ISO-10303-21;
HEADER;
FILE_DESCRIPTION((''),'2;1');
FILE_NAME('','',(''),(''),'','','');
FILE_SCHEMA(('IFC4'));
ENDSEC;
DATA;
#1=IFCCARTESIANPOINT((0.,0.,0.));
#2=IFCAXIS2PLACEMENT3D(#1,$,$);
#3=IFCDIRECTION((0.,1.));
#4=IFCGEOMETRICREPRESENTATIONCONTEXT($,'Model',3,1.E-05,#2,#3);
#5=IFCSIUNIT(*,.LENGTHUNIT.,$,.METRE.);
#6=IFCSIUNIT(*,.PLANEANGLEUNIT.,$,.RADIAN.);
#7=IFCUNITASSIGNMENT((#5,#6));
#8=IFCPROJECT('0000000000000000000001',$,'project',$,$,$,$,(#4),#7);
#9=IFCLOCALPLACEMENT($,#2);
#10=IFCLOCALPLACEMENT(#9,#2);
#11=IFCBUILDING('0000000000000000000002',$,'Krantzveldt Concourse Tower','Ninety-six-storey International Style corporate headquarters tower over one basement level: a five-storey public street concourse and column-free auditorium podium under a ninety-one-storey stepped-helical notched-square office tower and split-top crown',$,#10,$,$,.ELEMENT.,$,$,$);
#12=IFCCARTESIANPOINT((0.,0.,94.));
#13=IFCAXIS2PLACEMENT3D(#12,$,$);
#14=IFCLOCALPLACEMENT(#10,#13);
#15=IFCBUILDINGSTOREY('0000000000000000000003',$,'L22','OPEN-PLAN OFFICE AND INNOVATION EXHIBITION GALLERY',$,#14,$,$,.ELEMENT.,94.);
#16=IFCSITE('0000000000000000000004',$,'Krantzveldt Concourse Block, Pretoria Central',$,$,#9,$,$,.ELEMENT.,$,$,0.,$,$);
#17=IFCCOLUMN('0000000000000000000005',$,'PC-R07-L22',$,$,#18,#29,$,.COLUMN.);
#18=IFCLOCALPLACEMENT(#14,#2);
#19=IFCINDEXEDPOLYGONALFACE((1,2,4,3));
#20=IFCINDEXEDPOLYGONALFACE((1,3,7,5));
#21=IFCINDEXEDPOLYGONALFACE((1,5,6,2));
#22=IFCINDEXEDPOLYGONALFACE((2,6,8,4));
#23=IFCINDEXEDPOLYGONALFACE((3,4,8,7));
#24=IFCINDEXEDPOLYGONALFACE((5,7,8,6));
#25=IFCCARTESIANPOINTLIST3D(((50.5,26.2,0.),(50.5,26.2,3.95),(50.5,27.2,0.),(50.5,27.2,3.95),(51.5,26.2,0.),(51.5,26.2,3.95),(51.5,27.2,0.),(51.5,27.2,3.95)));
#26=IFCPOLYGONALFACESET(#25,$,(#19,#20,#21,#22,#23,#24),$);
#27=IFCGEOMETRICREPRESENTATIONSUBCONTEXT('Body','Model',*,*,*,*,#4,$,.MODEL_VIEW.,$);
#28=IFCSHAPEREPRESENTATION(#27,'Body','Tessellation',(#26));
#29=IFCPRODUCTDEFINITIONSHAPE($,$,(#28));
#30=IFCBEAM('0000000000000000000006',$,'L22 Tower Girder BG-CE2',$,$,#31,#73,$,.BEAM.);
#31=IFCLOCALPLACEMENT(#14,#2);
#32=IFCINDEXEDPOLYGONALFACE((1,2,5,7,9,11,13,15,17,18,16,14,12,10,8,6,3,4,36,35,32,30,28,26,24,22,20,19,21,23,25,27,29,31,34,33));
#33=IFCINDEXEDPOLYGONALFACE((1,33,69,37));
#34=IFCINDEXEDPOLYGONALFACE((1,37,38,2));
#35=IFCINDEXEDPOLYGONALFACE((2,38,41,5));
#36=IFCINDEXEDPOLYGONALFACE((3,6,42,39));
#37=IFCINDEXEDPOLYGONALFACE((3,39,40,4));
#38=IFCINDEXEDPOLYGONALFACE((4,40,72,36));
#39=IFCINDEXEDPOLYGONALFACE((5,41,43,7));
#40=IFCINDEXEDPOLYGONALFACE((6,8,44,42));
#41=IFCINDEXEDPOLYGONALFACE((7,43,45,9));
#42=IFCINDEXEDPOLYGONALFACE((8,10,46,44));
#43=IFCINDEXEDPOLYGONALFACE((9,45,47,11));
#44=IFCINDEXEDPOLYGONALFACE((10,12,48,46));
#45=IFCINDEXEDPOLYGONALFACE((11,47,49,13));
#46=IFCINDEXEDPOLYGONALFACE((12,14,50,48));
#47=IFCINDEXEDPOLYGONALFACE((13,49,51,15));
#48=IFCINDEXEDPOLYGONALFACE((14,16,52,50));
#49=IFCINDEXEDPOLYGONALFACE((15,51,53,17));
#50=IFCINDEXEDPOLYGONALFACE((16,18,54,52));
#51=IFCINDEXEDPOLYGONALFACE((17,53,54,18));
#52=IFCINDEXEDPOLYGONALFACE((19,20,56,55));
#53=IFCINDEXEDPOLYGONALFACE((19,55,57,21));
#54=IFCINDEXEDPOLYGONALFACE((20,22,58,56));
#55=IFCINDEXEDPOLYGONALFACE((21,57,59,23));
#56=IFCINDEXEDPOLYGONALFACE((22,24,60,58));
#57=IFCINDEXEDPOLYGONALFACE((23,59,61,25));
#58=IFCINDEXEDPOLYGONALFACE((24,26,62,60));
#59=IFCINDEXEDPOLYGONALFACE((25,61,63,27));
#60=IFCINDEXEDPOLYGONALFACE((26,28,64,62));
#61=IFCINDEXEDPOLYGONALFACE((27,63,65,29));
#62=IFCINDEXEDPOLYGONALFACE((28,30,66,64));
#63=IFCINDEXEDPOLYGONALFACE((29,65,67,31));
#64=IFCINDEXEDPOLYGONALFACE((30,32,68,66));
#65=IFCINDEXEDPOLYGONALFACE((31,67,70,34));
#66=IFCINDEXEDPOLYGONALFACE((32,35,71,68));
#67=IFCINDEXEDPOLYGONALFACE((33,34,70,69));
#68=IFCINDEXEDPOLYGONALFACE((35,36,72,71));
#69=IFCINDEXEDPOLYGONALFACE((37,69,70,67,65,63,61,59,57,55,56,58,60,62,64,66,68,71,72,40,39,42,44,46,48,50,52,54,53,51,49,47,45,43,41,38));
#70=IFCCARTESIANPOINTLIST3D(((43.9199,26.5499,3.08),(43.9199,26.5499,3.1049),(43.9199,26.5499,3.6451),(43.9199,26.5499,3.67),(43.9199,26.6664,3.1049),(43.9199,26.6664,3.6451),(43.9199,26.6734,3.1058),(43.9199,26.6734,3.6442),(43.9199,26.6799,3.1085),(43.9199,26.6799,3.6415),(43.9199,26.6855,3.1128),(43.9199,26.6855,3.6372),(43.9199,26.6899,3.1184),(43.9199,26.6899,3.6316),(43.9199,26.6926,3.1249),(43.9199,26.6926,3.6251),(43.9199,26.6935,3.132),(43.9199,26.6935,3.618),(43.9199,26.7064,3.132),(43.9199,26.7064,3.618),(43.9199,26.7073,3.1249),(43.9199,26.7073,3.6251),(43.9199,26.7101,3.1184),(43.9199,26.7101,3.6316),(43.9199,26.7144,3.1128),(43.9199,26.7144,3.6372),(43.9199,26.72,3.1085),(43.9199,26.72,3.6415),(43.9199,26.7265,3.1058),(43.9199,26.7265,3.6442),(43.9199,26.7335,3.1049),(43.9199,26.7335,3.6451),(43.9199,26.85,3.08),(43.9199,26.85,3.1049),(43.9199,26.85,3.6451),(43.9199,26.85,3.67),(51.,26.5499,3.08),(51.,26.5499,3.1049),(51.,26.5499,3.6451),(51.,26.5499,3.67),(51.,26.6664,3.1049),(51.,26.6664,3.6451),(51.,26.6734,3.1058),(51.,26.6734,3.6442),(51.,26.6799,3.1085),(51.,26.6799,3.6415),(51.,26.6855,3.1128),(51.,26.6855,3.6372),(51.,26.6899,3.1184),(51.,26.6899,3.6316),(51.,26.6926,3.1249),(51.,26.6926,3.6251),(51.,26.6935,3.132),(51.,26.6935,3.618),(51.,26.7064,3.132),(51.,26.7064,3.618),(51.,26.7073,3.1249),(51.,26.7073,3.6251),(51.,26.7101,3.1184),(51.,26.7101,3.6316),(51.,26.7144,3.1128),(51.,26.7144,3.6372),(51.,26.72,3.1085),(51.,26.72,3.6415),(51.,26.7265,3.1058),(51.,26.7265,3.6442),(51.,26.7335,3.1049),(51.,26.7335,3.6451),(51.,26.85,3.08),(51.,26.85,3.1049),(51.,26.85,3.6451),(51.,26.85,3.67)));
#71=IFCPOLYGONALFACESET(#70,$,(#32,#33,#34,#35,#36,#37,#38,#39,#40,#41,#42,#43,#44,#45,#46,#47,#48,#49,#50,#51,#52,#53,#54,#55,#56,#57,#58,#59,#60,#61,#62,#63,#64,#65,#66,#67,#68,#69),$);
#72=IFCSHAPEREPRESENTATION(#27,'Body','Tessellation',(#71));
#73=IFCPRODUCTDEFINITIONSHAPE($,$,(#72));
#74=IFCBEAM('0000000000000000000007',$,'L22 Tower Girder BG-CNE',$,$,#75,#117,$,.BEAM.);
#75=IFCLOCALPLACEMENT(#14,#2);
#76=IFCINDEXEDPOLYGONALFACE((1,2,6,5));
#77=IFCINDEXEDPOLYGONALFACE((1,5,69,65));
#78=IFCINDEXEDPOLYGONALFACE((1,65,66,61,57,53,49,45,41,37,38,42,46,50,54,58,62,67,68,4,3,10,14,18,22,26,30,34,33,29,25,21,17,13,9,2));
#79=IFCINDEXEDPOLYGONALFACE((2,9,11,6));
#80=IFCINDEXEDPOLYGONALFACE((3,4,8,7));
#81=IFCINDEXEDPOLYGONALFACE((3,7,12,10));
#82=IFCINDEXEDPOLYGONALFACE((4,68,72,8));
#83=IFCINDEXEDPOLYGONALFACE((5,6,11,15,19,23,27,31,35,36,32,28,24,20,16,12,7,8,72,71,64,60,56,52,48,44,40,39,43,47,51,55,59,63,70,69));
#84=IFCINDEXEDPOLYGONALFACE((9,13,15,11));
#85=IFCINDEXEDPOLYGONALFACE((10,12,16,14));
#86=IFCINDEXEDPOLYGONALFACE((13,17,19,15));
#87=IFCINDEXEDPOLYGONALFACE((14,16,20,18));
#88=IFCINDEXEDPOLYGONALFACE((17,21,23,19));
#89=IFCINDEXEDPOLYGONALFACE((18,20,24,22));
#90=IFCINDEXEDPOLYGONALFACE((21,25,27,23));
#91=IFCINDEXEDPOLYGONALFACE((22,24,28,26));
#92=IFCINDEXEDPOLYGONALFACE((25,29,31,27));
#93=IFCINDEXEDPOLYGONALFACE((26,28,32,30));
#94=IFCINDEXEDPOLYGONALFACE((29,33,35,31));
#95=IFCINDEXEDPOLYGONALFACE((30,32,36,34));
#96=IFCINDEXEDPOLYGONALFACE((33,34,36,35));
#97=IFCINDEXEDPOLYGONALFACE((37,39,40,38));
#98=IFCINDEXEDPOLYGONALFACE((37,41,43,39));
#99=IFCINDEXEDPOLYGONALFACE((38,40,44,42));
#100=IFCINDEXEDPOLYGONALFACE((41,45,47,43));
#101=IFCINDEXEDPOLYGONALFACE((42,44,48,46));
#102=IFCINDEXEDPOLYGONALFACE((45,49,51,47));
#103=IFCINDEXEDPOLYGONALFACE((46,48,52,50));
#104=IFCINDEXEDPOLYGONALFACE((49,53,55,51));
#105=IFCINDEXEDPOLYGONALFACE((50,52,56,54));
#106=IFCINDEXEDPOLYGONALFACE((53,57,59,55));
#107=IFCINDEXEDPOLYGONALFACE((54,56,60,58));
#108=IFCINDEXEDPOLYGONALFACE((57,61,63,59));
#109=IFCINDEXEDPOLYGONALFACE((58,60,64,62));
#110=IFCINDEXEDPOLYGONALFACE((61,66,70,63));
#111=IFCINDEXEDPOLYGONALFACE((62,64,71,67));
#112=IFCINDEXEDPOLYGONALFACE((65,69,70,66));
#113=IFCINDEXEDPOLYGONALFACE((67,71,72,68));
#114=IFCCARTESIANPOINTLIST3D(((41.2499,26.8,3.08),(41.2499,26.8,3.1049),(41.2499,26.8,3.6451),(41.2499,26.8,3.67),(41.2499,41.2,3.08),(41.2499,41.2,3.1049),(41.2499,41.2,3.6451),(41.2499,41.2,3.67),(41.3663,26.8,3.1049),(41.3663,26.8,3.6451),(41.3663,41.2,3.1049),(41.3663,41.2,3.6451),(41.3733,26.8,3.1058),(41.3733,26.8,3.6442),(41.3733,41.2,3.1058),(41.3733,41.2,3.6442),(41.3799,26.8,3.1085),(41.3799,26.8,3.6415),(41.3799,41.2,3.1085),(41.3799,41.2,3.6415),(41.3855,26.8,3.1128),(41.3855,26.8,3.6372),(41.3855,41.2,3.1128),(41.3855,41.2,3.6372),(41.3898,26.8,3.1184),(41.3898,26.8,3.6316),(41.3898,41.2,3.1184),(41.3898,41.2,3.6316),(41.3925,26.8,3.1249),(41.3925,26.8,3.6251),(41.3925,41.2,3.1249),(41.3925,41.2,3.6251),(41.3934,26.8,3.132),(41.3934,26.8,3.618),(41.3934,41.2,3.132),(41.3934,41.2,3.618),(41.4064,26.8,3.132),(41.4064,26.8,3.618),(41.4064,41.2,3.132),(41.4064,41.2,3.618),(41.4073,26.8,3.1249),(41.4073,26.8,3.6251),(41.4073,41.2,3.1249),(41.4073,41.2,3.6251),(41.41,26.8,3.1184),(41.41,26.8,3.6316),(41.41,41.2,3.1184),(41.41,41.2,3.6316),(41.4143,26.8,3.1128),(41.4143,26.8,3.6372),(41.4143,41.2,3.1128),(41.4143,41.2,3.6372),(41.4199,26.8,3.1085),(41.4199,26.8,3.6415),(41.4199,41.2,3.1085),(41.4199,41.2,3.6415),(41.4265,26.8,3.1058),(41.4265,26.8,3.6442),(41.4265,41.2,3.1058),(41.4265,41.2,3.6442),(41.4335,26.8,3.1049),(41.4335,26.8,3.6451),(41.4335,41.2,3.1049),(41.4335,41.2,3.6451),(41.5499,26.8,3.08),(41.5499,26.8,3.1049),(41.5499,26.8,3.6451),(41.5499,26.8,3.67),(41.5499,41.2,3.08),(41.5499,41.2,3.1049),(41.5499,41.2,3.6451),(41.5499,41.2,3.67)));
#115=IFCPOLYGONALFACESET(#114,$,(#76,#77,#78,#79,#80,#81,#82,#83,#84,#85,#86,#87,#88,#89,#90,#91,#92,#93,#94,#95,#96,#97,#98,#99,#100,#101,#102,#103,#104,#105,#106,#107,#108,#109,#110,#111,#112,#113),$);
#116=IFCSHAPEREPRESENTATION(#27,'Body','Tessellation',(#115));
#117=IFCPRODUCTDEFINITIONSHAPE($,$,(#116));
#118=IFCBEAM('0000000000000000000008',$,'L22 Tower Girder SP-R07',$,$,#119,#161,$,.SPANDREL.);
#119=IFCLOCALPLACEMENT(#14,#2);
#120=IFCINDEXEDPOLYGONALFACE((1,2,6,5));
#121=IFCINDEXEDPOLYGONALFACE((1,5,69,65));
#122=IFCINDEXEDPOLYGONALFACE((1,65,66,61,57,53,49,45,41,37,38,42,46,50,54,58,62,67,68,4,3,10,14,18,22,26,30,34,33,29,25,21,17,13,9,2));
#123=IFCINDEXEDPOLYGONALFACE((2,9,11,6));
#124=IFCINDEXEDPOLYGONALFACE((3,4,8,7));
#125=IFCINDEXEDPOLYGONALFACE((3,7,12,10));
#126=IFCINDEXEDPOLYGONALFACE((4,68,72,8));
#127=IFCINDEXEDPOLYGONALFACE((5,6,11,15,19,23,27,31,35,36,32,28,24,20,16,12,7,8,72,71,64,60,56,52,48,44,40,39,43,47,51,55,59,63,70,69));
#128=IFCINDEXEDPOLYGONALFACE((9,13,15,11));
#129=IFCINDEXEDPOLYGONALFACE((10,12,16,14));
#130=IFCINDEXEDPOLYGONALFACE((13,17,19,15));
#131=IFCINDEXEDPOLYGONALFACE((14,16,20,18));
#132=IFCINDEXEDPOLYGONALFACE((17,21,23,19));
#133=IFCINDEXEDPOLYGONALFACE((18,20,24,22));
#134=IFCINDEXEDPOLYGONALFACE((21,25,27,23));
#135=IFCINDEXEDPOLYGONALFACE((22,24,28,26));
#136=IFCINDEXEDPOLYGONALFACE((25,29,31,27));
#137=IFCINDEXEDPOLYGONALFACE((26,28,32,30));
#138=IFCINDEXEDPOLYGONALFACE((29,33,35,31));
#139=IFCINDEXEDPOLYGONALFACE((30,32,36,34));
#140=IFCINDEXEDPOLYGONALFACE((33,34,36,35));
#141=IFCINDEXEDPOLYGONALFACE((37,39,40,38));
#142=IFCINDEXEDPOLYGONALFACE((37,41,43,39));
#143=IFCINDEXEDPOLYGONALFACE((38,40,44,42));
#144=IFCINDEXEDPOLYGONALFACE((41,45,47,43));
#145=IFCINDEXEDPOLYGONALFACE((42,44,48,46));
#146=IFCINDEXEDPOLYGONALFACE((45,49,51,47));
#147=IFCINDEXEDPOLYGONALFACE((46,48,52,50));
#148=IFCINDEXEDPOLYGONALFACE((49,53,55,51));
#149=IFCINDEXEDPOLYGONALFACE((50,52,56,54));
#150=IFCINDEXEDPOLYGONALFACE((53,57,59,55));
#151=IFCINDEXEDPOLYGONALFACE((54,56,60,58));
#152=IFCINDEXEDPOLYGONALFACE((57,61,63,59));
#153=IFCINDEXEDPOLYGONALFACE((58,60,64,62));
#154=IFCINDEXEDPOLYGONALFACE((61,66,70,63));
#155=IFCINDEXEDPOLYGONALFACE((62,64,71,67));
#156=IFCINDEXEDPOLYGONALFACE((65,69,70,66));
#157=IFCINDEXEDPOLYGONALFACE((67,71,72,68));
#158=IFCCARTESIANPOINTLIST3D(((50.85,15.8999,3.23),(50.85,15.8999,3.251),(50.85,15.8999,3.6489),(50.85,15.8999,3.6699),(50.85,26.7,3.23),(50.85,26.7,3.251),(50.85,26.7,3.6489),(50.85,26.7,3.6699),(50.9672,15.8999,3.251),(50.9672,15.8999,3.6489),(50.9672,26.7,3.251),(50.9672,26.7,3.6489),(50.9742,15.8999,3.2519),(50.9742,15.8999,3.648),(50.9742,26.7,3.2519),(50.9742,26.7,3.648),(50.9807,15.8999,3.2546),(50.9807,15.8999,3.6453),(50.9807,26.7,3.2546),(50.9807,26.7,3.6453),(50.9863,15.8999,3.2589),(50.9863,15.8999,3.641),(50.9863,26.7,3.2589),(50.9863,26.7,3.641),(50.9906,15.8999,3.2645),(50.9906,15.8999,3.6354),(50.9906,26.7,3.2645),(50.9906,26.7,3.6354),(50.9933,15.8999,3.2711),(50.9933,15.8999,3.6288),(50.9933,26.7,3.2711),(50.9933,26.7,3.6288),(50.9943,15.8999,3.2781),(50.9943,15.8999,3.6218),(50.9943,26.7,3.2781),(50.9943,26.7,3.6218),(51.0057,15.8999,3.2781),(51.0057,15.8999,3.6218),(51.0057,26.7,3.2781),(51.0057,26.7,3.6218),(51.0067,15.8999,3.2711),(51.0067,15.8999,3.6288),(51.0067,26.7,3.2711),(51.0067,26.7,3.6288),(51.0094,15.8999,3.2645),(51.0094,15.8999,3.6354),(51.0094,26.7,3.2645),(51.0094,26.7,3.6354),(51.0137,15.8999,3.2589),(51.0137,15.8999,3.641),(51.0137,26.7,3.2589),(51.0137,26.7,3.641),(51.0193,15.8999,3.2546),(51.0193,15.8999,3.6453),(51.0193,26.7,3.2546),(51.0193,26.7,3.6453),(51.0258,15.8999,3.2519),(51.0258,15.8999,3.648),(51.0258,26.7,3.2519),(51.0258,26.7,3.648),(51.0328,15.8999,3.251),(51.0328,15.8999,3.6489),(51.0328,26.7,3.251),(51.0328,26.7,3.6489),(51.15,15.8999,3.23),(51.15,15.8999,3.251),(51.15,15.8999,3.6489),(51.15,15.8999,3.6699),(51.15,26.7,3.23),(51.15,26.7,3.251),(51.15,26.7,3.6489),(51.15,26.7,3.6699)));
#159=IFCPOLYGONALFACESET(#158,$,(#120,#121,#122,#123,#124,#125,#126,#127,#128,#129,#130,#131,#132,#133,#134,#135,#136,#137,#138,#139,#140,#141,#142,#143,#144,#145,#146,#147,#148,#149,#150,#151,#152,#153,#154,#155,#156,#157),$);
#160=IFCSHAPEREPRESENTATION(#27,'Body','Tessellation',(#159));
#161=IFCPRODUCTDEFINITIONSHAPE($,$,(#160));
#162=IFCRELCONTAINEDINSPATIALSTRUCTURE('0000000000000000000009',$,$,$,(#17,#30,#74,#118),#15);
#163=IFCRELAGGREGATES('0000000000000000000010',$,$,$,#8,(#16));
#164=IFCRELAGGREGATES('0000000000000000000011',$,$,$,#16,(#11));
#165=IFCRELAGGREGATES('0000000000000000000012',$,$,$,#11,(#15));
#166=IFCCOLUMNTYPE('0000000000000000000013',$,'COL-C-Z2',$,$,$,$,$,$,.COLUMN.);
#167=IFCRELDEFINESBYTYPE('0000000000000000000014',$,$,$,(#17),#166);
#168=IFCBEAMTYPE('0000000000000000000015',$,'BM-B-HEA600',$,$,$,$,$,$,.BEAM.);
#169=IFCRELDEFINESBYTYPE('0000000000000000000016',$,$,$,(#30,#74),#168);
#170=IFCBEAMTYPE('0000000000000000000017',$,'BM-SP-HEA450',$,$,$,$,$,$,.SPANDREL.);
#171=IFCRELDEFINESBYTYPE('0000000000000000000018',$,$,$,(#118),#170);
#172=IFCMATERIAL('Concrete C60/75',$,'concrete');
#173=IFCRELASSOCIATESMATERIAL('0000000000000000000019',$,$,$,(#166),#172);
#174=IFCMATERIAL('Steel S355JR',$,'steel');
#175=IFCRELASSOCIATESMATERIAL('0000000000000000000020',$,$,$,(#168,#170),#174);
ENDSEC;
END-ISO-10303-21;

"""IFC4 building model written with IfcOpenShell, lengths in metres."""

from ifc_helpers import new_model, si_unit, direction, frame, origin, origin_2d, place, context, subcontext, project, spatial, rectangle, i_section, extrude, source, transform, mapped, material, material_profile, profile_set, type_object, type_shapes, element, save


model = new_model("IFC4")

# Units and contexts
model_context = context("Model", 3, precision=1e-05, world=origin(), true_north=direction((0.0, 1.0)))
body_context = subcontext(model_context, "Body", "Model", "MODEL_VIEW")
ifc_project = project(units=[si_unit("LENGTHUNIT", "METRE"), si_unit("PLANEANGLEUNIT", "RADIAN")], contexts=[model_context])

# Site, building, storey
site_placement = place(None, origin())
site = spatial("IfcSite", under=ifc_project, at=site_placement, Name="Krantzveldt Concourse Block, Pretoria Central", CompositionType="ELEMENT", RefElevation=0.0)
building_placement = place(site_placement, origin())
building = spatial("IfcBuilding", under=site, at=building_placement, Name="Krantzveldt Concourse Tower", Description="Ninety-six-storey International Style corporate headquarters tower over one basement level: a five-storey public street concourse and column-free auditorium podium under a ninety-one-storey stepped-helical notched-square office tower and split-top crown", CompositionType="ELEMENT")
storey_placement = place(building_placement, frame((0.0, 0.0, 94.0)))
storey = spatial("IfcBuildingStorey", under=building, at=storey_placement, Name="L22", Description="OPEN-PLAN OFFICE AND INNOVATION EXHIBITION GALLERY", CompositionType="ELEMENT", Elevation=94.0)

# Column
ifc_material_1 = material(Name="Concrete C60/75", Category="concrete")
ifc_material_profile_1 = material_profile(ifc_material_1, rectangle(XDim=1.0, YDim=1.0, at=origin_2d()), Name="Concrete C60/75", Category="concrete")
ifc_profile_set_1 = profile_set([ifc_material_profile_1], Name="Concrete C60/75 - RC 1000x1000")
column_type = type_object("IfcColumnType", Name="COL-C-Z2", PredefinedType="COLUMN", material=ifc_profile_set_1)
shared_shape_1 = source(origin(), body_context, "Body", "SweptSolid", [
    extrude(rectangle(XDim=1.0, YDim=1.0, at=origin_2d()), origin(), (0.0, 0.0, 1.0), 3.95),
])
type_shapes(column_type, [shared_shape_1])
column_placement = place(storey_placement, frame((51.0, 26.7, 0.0), z_axis=(0.0, 0.0, 1.0), x_axis=(1.0, 0.0, 0.0)))
element("IfcColumn", 1, at=column_placement, inside=storey, type_object=column_type, Name="PC-R07-L22", PredefinedType="COLUMN", context=body_context, shape_type="MappedRepresentation", body=[
    mapped(shared_shape_1, transform((0.0, 0.0, 0.0), x_axis=(1.0, 0.0, 0.0), y_axis=(0.0, 1.0, 0.0), z_axis=(0.0, 0.0, 1.0), scale=1.0)),
])

# Beams
ifc_material_2 = material(Name="Steel S355JR", Category="steel")
ifc_material_profile_2 = material_profile(ifc_material_2, i_section(OverallWidth=0.3, OverallDepth=0.5901, WebThickness=0.0129, FlangeThickness=0.0249, FilletRadius=0.0271, at=origin_2d()), Name="Steel S355JR", Category="steel")
ifc_profile_set_2 = profile_set([ifc_material_profile_2], Name="Steel S355JR - HEA 600")
beam_type_1 = type_object("IfcBeamType", Name="BM-B-HEA600", PredefinedType="BEAM", material=ifc_profile_set_2)
shared_shape_2 = source(origin(), body_context, "Body", "SweptSolid", [
    extrude(i_section(OverallWidth=0.3, OverallDepth=0.5901, WebThickness=0.0129, FlangeThickness=0.0249, FilletRadius=0.0271, at=origin_2d()), origin(), (0.0, 0.0, 1.0), 7.0801),
])
beam_1_placement = place(storey_placement, frame((43.9199, 26.7, 3.375), z_axis=(1.0, 0.0, 0.0), x_axis=(0.0, 1.0, 0.0)))
element("IfcBeam", 2, at=beam_1_placement, inside=storey, type_object=beam_type_1, Name="L22 Tower Girder BG-CE2", PredefinedType="BEAM", context=body_context, shape_type="MappedRepresentation", body=[
    mapped(shared_shape_2, transform((0.0, 0.0, 0.0), x_axis=(1.0, 0.0, 0.0), y_axis=(0.0, 1.0, 0.0), z_axis=(0.0, 0.0, 1.0), scale=1.0)),
])
shared_shape_3 = source(origin(), body_context, "Body", "SweptSolid", [
    extrude(i_section(OverallWidth=0.3, OverallDepth=0.5901, WebThickness=0.0129, FlangeThickness=0.0249, FilletRadius=0.0271, at=origin_2d()), origin(), (0.0, 0.0, 1.0), 14.3999),
])
type_shapes(beam_type_1, [shared_shape_2, shared_shape_3])
beam_2_placement = place(storey_placement, frame((41.3999, 26.8, 3.375), z_axis=(0.0, 1.0, 0.0), x_axis=(-1.0, 0.0, 0.0)))
element("IfcBeam", 3, at=beam_2_placement, inside=storey, type_object=beam_type_1, Name="L22 Tower Girder BG-CNE", PredefinedType="BEAM", context=body_context, shape_type="MappedRepresentation", body=[
    mapped(shared_shape_3, transform((0.0, 0.0, 0.0), x_axis=(1.0, 0.0, 0.0), y_axis=(0.0, 1.0, 0.0), z_axis=(0.0, 0.0, 1.0), scale=1.0)),
])
ifc_material_profile_3 = material_profile(ifc_material_2, i_section(OverallWidth=0.3, OverallDepth=0.4399, WebThickness=0.0115, FlangeThickness=0.021, FilletRadius=0.0271, at=origin_2d()), Name="Steel S355JR", Category="steel")
ifc_profile_set_3 = profile_set([ifc_material_profile_3], Name="Steel S355JR - HEA 450")
beam_type_2 = type_object("IfcBeamType", Name="BM-SP-HEA450", PredefinedType="SPANDREL", material=ifc_profile_set_3)
shared_shape_4 = source(origin(), body_context, "Body", "SweptSolid", [
    extrude(i_section(OverallWidth=0.3, OverallDepth=0.4399, WebThickness=0.0115, FlangeThickness=0.021, FilletRadius=0.0271, at=origin_2d()), origin(), (0.0, 0.0, 1.0), 10.8),
])
type_shapes(beam_type_2, [shared_shape_4])
beam_3_placement = place(storey_placement, frame((51.0, 26.7, 3.45), z_axis=(0.0, -1.0, 0.0), x_axis=(1.0, 0.0, 0.0)))
element("IfcBeam", 4, at=beam_3_placement, inside=storey, type_object=beam_type_2, Name="L22 Tower Girder SP-R07", PredefinedType="SPANDREL", context=body_context, shape_type="MappedRepresentation", body=[
    mapped(shared_shape_4, transform((0.0, 0.0, 0.0), x_axis=(1.0, 0.0, 0.0), y_axis=(0.0, 1.0, 0.0), z_axis=(0.0, 0.0, 1.0), scale=1.0)),
])

save(model, "model.ifc")
